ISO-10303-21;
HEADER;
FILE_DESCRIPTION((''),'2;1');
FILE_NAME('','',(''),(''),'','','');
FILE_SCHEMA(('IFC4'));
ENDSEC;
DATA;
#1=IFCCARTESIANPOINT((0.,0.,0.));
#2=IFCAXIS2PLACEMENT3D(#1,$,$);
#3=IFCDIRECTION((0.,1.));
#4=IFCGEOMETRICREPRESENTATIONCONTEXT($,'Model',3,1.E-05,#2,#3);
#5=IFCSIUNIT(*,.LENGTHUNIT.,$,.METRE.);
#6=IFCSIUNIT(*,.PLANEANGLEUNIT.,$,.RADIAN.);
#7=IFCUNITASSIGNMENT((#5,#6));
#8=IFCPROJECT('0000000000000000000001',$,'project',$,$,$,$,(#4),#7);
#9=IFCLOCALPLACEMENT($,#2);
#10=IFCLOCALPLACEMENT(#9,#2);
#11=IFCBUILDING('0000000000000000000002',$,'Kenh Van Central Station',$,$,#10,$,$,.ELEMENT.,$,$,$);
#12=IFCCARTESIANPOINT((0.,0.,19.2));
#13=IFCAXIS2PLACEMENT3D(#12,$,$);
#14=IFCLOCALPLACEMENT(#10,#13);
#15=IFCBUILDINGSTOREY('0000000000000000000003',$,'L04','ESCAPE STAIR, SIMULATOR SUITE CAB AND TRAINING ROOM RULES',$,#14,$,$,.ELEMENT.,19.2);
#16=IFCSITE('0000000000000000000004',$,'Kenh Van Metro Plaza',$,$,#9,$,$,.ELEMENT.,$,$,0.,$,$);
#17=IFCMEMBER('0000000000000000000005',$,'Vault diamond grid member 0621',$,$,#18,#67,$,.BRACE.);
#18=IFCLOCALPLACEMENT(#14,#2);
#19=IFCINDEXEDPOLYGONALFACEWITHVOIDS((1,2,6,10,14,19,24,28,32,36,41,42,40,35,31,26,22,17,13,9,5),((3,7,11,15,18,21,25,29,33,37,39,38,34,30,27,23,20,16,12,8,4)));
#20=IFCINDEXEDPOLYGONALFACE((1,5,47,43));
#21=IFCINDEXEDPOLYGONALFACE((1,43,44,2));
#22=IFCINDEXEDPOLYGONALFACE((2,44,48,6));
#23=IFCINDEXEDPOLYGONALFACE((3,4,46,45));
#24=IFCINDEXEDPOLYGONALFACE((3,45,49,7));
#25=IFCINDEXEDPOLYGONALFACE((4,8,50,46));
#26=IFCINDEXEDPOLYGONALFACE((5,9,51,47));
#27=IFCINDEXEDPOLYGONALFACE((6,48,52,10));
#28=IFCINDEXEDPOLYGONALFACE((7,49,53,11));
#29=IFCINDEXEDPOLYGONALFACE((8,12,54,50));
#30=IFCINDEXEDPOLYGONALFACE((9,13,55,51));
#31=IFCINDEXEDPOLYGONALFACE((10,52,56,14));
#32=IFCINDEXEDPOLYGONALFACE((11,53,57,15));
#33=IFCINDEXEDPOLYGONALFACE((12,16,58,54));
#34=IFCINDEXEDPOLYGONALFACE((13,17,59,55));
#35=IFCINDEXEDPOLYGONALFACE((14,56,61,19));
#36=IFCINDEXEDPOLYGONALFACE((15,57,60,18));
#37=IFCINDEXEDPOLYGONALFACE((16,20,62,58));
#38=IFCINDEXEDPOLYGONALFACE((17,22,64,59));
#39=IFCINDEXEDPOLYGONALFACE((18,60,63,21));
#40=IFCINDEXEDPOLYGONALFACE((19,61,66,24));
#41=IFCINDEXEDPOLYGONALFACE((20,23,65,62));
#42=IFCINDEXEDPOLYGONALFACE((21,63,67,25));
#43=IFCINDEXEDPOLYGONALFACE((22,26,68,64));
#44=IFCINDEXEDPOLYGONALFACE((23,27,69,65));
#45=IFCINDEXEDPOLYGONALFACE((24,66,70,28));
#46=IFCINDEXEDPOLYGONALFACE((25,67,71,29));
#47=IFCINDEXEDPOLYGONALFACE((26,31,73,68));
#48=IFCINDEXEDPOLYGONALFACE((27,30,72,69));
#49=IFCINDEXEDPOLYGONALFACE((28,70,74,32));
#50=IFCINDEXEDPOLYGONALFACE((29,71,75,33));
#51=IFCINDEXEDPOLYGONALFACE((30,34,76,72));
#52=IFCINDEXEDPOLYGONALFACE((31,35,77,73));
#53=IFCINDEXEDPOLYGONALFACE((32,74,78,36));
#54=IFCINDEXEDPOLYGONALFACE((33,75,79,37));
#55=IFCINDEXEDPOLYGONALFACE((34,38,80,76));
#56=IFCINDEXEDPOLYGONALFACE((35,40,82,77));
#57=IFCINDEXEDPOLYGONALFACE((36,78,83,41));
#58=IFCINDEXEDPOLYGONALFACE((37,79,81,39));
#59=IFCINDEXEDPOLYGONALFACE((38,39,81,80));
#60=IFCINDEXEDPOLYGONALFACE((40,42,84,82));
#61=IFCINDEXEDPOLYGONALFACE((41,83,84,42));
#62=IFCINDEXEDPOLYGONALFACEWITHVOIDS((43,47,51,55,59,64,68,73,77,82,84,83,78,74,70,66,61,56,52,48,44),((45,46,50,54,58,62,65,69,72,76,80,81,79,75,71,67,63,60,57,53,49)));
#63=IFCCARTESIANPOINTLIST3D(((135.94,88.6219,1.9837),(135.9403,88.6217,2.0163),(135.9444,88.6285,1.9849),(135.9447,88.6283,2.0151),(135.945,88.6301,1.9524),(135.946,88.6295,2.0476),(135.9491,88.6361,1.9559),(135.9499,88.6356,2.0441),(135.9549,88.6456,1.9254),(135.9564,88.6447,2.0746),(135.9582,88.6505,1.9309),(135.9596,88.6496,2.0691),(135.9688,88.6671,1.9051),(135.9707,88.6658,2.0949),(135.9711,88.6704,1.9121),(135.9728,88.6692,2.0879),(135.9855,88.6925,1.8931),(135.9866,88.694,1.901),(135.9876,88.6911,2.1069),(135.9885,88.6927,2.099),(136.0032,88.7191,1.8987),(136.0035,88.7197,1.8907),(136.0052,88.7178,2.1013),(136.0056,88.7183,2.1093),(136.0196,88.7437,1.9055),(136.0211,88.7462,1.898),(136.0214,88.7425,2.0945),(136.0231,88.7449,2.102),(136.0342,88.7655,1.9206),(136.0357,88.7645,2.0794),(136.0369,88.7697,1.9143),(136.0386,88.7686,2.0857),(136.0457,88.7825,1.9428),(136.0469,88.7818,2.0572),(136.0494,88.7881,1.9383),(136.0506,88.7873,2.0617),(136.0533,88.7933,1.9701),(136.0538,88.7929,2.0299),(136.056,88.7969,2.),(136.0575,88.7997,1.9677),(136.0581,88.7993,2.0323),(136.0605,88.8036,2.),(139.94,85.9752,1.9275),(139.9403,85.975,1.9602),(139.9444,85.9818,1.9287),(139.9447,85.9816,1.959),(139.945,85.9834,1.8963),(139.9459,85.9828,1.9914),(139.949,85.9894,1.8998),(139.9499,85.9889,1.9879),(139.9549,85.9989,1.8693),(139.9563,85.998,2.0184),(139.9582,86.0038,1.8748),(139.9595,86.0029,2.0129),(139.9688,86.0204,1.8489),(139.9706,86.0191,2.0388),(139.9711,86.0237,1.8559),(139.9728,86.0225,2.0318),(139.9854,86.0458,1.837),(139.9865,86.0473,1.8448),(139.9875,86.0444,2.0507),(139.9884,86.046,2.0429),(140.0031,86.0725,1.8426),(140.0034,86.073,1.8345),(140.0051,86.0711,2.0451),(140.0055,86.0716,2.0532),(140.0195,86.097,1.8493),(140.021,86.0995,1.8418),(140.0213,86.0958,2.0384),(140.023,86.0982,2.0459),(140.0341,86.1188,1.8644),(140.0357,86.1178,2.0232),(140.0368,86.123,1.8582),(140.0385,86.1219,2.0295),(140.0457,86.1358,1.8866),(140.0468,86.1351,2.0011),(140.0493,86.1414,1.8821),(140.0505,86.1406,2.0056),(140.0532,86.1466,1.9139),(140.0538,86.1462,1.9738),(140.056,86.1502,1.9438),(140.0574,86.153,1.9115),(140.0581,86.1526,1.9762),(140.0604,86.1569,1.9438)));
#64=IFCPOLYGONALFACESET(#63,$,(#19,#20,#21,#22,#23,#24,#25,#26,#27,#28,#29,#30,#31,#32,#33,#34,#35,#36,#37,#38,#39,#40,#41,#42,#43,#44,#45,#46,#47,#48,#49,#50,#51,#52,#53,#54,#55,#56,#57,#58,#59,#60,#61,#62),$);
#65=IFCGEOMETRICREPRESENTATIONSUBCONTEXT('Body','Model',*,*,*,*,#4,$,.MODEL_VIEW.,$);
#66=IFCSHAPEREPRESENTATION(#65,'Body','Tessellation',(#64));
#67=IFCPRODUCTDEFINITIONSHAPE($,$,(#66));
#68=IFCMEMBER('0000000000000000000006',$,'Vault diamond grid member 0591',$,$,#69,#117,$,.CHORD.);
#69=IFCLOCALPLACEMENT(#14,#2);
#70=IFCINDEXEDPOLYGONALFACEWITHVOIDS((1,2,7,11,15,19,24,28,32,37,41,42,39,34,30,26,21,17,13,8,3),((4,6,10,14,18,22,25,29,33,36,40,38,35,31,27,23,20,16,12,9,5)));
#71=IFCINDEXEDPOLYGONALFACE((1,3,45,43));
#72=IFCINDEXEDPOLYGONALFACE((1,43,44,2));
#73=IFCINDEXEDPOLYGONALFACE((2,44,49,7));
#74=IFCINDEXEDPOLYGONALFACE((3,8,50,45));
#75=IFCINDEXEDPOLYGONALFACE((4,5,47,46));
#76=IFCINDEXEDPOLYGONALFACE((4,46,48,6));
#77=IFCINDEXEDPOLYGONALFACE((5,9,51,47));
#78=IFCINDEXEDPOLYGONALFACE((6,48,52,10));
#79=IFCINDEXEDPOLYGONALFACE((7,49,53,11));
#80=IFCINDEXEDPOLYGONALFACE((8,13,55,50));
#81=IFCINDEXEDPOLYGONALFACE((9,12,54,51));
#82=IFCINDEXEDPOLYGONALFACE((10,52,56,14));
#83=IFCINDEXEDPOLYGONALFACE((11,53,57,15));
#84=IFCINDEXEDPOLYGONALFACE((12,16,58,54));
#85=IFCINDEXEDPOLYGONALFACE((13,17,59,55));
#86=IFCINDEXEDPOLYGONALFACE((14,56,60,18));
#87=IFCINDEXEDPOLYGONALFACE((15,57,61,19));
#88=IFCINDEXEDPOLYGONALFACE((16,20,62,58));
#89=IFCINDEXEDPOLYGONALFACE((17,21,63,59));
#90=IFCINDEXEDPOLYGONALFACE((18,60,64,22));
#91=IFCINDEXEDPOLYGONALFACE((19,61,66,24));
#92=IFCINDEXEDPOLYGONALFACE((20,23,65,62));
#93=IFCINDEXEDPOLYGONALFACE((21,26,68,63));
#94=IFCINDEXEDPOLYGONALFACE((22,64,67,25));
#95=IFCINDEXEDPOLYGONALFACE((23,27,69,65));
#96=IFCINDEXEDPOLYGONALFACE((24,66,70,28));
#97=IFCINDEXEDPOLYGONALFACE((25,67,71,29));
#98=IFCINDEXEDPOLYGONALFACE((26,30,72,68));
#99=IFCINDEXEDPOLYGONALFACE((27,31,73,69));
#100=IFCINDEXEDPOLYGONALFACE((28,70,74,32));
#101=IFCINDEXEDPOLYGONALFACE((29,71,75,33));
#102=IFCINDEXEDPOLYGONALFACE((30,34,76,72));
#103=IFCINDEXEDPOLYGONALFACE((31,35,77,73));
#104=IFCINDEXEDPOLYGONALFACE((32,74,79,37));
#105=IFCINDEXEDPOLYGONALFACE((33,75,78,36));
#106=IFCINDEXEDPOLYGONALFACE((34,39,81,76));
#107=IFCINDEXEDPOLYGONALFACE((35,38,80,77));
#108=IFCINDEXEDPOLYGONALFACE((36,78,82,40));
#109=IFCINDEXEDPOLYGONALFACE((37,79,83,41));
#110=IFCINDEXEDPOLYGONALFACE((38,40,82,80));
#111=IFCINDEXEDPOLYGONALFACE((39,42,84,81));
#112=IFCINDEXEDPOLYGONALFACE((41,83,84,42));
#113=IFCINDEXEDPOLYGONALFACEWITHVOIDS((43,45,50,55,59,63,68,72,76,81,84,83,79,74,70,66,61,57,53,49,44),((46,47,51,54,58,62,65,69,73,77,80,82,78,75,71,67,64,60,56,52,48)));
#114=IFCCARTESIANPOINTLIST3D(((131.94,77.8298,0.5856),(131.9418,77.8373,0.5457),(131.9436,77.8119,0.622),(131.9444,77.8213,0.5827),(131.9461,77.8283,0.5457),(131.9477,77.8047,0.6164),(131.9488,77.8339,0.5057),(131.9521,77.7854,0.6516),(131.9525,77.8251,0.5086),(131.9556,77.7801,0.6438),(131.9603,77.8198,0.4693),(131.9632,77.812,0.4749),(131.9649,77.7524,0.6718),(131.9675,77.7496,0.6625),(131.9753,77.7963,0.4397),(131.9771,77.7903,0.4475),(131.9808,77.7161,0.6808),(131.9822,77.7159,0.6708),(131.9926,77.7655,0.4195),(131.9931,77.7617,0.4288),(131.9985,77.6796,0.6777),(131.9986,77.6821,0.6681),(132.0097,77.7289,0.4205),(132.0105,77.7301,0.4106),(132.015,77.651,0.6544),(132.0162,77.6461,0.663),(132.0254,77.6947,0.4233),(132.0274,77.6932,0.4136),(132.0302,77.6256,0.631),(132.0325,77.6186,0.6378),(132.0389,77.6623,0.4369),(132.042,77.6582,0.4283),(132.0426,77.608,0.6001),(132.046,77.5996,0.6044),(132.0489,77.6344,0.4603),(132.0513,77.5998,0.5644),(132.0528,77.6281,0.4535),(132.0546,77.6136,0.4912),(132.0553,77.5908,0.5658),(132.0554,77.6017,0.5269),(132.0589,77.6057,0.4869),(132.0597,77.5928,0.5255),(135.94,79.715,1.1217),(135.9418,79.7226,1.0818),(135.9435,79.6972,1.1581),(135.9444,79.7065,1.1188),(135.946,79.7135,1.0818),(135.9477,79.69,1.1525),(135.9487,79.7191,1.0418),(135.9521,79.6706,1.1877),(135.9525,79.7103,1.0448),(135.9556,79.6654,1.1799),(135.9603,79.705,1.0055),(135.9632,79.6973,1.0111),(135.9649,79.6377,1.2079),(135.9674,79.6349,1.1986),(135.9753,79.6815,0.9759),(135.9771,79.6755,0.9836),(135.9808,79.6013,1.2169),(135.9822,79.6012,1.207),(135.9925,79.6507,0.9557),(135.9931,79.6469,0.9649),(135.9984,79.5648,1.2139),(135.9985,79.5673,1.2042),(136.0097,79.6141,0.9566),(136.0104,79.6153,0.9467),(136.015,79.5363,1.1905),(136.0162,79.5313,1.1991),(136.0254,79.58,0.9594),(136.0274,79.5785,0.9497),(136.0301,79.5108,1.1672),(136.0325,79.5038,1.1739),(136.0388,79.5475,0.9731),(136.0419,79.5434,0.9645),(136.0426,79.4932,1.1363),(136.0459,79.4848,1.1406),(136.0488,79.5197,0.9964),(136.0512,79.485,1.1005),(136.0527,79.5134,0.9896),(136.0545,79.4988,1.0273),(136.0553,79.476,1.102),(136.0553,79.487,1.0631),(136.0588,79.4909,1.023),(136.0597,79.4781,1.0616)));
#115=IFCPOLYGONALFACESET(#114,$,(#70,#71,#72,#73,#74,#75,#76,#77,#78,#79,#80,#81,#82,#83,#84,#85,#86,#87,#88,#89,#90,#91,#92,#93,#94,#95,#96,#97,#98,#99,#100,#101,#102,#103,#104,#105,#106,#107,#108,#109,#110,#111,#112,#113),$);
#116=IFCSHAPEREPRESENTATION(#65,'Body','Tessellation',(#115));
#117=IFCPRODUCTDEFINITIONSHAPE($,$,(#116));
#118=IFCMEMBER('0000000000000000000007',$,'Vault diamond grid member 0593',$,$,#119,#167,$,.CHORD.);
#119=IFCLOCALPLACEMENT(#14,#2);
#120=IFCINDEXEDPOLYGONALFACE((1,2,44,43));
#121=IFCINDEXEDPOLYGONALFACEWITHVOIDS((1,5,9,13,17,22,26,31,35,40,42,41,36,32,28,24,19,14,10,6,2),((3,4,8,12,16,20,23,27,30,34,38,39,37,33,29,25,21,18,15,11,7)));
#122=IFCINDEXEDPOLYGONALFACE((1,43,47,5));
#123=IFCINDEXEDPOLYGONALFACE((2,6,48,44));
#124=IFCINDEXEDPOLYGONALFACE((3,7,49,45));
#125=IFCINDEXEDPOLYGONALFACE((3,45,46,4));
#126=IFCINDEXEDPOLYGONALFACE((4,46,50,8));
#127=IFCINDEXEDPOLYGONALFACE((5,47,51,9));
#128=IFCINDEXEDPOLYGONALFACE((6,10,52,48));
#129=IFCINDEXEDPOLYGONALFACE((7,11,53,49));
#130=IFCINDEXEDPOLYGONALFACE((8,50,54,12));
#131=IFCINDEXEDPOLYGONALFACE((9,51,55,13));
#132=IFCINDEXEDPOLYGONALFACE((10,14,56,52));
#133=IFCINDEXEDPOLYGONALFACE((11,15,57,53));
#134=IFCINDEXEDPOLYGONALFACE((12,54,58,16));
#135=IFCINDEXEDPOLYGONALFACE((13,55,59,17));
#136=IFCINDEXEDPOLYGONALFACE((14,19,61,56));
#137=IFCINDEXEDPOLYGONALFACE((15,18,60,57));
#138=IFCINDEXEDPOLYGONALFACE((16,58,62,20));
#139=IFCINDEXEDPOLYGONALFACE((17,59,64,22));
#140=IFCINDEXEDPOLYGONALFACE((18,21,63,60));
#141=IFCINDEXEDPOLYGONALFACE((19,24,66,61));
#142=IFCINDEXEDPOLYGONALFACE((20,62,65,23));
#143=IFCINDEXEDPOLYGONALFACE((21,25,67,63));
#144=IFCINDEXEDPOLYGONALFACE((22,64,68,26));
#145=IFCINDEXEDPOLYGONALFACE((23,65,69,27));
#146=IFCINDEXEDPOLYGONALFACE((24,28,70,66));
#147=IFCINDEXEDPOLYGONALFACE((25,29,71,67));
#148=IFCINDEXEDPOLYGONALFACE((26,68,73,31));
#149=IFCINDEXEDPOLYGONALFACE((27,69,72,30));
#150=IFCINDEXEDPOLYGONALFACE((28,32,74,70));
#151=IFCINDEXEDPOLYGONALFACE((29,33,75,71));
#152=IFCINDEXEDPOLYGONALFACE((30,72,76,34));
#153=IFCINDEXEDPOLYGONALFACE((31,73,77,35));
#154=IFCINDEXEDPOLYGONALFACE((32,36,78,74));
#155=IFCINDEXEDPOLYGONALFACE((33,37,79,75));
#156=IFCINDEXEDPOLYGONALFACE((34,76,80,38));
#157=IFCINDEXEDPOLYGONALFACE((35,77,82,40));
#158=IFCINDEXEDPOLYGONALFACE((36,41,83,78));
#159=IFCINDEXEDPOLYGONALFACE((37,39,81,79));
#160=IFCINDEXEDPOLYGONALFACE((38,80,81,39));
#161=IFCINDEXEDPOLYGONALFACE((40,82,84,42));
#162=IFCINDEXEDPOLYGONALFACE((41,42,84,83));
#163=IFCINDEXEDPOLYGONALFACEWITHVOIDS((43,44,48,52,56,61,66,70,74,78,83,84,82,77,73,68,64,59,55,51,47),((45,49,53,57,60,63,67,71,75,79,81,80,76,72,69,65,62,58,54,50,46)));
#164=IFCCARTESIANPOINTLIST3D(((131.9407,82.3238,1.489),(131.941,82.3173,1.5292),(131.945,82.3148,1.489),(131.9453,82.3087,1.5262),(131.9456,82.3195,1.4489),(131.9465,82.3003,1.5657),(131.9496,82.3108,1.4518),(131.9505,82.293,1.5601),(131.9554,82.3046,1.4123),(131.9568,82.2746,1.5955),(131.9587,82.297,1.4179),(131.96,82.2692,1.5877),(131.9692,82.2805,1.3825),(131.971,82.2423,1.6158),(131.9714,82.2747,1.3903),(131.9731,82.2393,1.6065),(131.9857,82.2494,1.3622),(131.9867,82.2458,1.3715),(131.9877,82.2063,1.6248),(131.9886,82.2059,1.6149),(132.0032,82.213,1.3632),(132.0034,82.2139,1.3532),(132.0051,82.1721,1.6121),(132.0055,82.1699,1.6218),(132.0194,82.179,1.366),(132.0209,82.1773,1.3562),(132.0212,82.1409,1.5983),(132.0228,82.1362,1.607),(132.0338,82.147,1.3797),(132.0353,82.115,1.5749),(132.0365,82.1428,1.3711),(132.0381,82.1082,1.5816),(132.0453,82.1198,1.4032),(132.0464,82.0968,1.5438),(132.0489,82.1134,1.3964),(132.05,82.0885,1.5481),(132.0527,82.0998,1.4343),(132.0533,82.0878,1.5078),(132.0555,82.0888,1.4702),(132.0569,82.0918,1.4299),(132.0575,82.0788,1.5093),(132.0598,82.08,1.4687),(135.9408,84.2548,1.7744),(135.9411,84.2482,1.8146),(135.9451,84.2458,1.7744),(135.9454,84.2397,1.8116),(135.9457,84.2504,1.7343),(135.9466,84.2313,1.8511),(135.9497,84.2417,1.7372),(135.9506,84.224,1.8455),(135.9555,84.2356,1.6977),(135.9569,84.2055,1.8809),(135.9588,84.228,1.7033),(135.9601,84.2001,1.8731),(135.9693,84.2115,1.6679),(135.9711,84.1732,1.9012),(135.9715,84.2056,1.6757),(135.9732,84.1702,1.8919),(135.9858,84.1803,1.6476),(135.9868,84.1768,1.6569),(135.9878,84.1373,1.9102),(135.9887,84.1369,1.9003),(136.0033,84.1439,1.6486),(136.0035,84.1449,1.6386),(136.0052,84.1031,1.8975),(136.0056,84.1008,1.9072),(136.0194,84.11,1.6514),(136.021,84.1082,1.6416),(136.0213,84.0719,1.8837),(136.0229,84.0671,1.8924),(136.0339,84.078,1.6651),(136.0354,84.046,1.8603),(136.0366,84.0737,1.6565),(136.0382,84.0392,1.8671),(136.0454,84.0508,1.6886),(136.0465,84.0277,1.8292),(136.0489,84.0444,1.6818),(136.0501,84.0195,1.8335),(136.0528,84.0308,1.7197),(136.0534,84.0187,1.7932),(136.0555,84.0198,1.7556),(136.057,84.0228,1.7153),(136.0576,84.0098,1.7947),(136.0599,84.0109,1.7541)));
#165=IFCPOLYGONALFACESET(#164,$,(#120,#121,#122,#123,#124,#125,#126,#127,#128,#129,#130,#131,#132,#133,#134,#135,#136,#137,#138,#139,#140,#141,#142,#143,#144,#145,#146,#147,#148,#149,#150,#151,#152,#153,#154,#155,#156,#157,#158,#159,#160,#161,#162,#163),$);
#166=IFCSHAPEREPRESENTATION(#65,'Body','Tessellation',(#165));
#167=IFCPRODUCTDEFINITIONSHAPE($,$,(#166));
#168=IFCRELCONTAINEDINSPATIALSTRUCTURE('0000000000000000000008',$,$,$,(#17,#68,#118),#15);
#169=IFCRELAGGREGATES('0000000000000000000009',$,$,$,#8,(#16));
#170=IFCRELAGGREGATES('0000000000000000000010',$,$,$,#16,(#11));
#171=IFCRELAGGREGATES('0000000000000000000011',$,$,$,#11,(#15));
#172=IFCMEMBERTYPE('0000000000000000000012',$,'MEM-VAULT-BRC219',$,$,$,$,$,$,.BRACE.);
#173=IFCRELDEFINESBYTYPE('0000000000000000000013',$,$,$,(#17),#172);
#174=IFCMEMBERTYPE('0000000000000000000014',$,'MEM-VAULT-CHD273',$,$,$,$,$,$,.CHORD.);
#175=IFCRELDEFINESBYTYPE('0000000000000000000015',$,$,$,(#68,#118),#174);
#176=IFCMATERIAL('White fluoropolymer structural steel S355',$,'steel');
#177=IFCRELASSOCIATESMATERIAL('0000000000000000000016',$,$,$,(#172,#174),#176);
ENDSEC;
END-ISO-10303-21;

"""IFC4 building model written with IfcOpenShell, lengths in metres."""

from ifc_helpers import new_model, si_unit, direction, frame, origin, origin_2d, place, context, subcontext, project, spatial, hollow_circle, extrude, material, material_profile, profile_set, type_object, element, save


model = new_model("IFC4")

# Units and contexts
model_context = context("Model", 3, precision=1e-05, world=origin(), true_north=direction((0.0, 1.0)))
body_context = subcontext(model_context, "Body", "Model", "MODEL_VIEW")
ifc_project = project(units=[si_unit("LENGTHUNIT", "METRE"), si_unit("PLANEANGLEUNIT", "RADIAN")], contexts=[model_context])

# Site, building, storey
site_placement = place(None, origin())
site = spatial("IfcSite", under=ifc_project, at=site_placement, Name="Kenh Van Metro Plaza", CompositionType="ELEMENT", RefElevation=0.0)
building_placement = place(site_placement, origin())
building = spatial("IfcBuilding", under=site, at=building_placement, Name="Kenh Van Central Station", CompositionType="ELEMENT")
storey_placement = place(building_placement, frame((0.0, 0.0, 19.2)))
storey = spatial("IfcBuildingStorey", under=building, at=storey_placement, Name="L04", Description="ESCAPE STAIR, SIMULATOR SUITE CAB AND TRAINING ROOM RULES", CompositionType="ELEMENT", Elevation=19.2)

# Shared definitions
ifc_material_1 = material(Name="White fluoropolymer structural steel S355", Category="steel")

# Members
ifc_material_profile_1 = material_profile(ifc_material_1, hollow_circle(Radius=0.1096, WallThickness=0.0081, at=origin_2d()), Name="CHS 219.1x8")
ifc_profile_set_1 = profile_set([ifc_material_profile_1], Name="White fluoropolymer structural steel S355")
member_type_1 = type_object("IfcMemberType", Name="MEM-VAULT-BRC219", PredefinedType="BRACE", material=ifc_profile_set_1)
member_1_placement = place(storey_placement, frame((136.0, 88.7122, 2.0), z_axis=(0.833907, -0.551781, -0.011706), x_axis=(0.551819, 0.833964, 0.0)))
element("IfcMember", 1, at=member_1_placement, inside=storey, type_object=member_type_1, Name="Vault diamond grid member 0621", PredefinedType="BRACE", context=body_context, shape_type="SweptSolid", body=[
    extrude(hollow_circle(Radius=0.1096, WallThickness=0.0081, at=origin_2d()), origin(), (0.0, 0.0, 1.0), 4.7966),
])
ifc_material_profile_2 = material_profile(ifc_material_1, hollow_circle(Radius=0.1365, WallThickness=0.01, at=origin_2d()), Name="CHS 273x10")
ifc_profile_set_2 = profile_set([ifc_material_profile_2], Name="White fluoropolymer structural steel S355")
member_type_2 = type_object("IfcMemberType", Name="MEM-VAULT-CHD273", PredefinedType="CHORD", material=ifc_profile_set_2)
member_2_placement = place(storey_placement, frame((132.0, 77.7139, 0.5457), z_axis=(0.89799, 0.423235, 0.12036), x_axis=(-0.426334, 0.904566, 0.0)))
element("IfcMember", 2, at=member_2_placement, inside=storey, type_object=member_type_2, Name="Vault diamond grid member 0591", PredefinedType="CHORD", context=body_context, shape_type="SweptSolid", body=[
    extrude(hollow_circle(Radius=0.1365, WallThickness=0.01, at=origin_2d()), origin(), (0.0, 0.0, 1.0), 4.4543),
])
member_3_placement = place(storey_placement, frame((132.0, 82.2009, 1.489), z_axis=(0.898709, 0.433831, 0.064123), x_axis=(-0.434726, 0.900563, 0.0)))
element("IfcMember", 3, at=member_3_placement, inside=storey, type_object=member_type_2, Name="Vault diamond grid member 0593", PredefinedType="CHORD", context=body_context, shape_type="SweptSolid", body=[
    extrude(hollow_circle(Radius=0.1365, WallThickness=0.01, at=origin_2d()), origin(), (0.0, 0.0, 1.0), 4.4509),
])

save(model, "model.ifc")
